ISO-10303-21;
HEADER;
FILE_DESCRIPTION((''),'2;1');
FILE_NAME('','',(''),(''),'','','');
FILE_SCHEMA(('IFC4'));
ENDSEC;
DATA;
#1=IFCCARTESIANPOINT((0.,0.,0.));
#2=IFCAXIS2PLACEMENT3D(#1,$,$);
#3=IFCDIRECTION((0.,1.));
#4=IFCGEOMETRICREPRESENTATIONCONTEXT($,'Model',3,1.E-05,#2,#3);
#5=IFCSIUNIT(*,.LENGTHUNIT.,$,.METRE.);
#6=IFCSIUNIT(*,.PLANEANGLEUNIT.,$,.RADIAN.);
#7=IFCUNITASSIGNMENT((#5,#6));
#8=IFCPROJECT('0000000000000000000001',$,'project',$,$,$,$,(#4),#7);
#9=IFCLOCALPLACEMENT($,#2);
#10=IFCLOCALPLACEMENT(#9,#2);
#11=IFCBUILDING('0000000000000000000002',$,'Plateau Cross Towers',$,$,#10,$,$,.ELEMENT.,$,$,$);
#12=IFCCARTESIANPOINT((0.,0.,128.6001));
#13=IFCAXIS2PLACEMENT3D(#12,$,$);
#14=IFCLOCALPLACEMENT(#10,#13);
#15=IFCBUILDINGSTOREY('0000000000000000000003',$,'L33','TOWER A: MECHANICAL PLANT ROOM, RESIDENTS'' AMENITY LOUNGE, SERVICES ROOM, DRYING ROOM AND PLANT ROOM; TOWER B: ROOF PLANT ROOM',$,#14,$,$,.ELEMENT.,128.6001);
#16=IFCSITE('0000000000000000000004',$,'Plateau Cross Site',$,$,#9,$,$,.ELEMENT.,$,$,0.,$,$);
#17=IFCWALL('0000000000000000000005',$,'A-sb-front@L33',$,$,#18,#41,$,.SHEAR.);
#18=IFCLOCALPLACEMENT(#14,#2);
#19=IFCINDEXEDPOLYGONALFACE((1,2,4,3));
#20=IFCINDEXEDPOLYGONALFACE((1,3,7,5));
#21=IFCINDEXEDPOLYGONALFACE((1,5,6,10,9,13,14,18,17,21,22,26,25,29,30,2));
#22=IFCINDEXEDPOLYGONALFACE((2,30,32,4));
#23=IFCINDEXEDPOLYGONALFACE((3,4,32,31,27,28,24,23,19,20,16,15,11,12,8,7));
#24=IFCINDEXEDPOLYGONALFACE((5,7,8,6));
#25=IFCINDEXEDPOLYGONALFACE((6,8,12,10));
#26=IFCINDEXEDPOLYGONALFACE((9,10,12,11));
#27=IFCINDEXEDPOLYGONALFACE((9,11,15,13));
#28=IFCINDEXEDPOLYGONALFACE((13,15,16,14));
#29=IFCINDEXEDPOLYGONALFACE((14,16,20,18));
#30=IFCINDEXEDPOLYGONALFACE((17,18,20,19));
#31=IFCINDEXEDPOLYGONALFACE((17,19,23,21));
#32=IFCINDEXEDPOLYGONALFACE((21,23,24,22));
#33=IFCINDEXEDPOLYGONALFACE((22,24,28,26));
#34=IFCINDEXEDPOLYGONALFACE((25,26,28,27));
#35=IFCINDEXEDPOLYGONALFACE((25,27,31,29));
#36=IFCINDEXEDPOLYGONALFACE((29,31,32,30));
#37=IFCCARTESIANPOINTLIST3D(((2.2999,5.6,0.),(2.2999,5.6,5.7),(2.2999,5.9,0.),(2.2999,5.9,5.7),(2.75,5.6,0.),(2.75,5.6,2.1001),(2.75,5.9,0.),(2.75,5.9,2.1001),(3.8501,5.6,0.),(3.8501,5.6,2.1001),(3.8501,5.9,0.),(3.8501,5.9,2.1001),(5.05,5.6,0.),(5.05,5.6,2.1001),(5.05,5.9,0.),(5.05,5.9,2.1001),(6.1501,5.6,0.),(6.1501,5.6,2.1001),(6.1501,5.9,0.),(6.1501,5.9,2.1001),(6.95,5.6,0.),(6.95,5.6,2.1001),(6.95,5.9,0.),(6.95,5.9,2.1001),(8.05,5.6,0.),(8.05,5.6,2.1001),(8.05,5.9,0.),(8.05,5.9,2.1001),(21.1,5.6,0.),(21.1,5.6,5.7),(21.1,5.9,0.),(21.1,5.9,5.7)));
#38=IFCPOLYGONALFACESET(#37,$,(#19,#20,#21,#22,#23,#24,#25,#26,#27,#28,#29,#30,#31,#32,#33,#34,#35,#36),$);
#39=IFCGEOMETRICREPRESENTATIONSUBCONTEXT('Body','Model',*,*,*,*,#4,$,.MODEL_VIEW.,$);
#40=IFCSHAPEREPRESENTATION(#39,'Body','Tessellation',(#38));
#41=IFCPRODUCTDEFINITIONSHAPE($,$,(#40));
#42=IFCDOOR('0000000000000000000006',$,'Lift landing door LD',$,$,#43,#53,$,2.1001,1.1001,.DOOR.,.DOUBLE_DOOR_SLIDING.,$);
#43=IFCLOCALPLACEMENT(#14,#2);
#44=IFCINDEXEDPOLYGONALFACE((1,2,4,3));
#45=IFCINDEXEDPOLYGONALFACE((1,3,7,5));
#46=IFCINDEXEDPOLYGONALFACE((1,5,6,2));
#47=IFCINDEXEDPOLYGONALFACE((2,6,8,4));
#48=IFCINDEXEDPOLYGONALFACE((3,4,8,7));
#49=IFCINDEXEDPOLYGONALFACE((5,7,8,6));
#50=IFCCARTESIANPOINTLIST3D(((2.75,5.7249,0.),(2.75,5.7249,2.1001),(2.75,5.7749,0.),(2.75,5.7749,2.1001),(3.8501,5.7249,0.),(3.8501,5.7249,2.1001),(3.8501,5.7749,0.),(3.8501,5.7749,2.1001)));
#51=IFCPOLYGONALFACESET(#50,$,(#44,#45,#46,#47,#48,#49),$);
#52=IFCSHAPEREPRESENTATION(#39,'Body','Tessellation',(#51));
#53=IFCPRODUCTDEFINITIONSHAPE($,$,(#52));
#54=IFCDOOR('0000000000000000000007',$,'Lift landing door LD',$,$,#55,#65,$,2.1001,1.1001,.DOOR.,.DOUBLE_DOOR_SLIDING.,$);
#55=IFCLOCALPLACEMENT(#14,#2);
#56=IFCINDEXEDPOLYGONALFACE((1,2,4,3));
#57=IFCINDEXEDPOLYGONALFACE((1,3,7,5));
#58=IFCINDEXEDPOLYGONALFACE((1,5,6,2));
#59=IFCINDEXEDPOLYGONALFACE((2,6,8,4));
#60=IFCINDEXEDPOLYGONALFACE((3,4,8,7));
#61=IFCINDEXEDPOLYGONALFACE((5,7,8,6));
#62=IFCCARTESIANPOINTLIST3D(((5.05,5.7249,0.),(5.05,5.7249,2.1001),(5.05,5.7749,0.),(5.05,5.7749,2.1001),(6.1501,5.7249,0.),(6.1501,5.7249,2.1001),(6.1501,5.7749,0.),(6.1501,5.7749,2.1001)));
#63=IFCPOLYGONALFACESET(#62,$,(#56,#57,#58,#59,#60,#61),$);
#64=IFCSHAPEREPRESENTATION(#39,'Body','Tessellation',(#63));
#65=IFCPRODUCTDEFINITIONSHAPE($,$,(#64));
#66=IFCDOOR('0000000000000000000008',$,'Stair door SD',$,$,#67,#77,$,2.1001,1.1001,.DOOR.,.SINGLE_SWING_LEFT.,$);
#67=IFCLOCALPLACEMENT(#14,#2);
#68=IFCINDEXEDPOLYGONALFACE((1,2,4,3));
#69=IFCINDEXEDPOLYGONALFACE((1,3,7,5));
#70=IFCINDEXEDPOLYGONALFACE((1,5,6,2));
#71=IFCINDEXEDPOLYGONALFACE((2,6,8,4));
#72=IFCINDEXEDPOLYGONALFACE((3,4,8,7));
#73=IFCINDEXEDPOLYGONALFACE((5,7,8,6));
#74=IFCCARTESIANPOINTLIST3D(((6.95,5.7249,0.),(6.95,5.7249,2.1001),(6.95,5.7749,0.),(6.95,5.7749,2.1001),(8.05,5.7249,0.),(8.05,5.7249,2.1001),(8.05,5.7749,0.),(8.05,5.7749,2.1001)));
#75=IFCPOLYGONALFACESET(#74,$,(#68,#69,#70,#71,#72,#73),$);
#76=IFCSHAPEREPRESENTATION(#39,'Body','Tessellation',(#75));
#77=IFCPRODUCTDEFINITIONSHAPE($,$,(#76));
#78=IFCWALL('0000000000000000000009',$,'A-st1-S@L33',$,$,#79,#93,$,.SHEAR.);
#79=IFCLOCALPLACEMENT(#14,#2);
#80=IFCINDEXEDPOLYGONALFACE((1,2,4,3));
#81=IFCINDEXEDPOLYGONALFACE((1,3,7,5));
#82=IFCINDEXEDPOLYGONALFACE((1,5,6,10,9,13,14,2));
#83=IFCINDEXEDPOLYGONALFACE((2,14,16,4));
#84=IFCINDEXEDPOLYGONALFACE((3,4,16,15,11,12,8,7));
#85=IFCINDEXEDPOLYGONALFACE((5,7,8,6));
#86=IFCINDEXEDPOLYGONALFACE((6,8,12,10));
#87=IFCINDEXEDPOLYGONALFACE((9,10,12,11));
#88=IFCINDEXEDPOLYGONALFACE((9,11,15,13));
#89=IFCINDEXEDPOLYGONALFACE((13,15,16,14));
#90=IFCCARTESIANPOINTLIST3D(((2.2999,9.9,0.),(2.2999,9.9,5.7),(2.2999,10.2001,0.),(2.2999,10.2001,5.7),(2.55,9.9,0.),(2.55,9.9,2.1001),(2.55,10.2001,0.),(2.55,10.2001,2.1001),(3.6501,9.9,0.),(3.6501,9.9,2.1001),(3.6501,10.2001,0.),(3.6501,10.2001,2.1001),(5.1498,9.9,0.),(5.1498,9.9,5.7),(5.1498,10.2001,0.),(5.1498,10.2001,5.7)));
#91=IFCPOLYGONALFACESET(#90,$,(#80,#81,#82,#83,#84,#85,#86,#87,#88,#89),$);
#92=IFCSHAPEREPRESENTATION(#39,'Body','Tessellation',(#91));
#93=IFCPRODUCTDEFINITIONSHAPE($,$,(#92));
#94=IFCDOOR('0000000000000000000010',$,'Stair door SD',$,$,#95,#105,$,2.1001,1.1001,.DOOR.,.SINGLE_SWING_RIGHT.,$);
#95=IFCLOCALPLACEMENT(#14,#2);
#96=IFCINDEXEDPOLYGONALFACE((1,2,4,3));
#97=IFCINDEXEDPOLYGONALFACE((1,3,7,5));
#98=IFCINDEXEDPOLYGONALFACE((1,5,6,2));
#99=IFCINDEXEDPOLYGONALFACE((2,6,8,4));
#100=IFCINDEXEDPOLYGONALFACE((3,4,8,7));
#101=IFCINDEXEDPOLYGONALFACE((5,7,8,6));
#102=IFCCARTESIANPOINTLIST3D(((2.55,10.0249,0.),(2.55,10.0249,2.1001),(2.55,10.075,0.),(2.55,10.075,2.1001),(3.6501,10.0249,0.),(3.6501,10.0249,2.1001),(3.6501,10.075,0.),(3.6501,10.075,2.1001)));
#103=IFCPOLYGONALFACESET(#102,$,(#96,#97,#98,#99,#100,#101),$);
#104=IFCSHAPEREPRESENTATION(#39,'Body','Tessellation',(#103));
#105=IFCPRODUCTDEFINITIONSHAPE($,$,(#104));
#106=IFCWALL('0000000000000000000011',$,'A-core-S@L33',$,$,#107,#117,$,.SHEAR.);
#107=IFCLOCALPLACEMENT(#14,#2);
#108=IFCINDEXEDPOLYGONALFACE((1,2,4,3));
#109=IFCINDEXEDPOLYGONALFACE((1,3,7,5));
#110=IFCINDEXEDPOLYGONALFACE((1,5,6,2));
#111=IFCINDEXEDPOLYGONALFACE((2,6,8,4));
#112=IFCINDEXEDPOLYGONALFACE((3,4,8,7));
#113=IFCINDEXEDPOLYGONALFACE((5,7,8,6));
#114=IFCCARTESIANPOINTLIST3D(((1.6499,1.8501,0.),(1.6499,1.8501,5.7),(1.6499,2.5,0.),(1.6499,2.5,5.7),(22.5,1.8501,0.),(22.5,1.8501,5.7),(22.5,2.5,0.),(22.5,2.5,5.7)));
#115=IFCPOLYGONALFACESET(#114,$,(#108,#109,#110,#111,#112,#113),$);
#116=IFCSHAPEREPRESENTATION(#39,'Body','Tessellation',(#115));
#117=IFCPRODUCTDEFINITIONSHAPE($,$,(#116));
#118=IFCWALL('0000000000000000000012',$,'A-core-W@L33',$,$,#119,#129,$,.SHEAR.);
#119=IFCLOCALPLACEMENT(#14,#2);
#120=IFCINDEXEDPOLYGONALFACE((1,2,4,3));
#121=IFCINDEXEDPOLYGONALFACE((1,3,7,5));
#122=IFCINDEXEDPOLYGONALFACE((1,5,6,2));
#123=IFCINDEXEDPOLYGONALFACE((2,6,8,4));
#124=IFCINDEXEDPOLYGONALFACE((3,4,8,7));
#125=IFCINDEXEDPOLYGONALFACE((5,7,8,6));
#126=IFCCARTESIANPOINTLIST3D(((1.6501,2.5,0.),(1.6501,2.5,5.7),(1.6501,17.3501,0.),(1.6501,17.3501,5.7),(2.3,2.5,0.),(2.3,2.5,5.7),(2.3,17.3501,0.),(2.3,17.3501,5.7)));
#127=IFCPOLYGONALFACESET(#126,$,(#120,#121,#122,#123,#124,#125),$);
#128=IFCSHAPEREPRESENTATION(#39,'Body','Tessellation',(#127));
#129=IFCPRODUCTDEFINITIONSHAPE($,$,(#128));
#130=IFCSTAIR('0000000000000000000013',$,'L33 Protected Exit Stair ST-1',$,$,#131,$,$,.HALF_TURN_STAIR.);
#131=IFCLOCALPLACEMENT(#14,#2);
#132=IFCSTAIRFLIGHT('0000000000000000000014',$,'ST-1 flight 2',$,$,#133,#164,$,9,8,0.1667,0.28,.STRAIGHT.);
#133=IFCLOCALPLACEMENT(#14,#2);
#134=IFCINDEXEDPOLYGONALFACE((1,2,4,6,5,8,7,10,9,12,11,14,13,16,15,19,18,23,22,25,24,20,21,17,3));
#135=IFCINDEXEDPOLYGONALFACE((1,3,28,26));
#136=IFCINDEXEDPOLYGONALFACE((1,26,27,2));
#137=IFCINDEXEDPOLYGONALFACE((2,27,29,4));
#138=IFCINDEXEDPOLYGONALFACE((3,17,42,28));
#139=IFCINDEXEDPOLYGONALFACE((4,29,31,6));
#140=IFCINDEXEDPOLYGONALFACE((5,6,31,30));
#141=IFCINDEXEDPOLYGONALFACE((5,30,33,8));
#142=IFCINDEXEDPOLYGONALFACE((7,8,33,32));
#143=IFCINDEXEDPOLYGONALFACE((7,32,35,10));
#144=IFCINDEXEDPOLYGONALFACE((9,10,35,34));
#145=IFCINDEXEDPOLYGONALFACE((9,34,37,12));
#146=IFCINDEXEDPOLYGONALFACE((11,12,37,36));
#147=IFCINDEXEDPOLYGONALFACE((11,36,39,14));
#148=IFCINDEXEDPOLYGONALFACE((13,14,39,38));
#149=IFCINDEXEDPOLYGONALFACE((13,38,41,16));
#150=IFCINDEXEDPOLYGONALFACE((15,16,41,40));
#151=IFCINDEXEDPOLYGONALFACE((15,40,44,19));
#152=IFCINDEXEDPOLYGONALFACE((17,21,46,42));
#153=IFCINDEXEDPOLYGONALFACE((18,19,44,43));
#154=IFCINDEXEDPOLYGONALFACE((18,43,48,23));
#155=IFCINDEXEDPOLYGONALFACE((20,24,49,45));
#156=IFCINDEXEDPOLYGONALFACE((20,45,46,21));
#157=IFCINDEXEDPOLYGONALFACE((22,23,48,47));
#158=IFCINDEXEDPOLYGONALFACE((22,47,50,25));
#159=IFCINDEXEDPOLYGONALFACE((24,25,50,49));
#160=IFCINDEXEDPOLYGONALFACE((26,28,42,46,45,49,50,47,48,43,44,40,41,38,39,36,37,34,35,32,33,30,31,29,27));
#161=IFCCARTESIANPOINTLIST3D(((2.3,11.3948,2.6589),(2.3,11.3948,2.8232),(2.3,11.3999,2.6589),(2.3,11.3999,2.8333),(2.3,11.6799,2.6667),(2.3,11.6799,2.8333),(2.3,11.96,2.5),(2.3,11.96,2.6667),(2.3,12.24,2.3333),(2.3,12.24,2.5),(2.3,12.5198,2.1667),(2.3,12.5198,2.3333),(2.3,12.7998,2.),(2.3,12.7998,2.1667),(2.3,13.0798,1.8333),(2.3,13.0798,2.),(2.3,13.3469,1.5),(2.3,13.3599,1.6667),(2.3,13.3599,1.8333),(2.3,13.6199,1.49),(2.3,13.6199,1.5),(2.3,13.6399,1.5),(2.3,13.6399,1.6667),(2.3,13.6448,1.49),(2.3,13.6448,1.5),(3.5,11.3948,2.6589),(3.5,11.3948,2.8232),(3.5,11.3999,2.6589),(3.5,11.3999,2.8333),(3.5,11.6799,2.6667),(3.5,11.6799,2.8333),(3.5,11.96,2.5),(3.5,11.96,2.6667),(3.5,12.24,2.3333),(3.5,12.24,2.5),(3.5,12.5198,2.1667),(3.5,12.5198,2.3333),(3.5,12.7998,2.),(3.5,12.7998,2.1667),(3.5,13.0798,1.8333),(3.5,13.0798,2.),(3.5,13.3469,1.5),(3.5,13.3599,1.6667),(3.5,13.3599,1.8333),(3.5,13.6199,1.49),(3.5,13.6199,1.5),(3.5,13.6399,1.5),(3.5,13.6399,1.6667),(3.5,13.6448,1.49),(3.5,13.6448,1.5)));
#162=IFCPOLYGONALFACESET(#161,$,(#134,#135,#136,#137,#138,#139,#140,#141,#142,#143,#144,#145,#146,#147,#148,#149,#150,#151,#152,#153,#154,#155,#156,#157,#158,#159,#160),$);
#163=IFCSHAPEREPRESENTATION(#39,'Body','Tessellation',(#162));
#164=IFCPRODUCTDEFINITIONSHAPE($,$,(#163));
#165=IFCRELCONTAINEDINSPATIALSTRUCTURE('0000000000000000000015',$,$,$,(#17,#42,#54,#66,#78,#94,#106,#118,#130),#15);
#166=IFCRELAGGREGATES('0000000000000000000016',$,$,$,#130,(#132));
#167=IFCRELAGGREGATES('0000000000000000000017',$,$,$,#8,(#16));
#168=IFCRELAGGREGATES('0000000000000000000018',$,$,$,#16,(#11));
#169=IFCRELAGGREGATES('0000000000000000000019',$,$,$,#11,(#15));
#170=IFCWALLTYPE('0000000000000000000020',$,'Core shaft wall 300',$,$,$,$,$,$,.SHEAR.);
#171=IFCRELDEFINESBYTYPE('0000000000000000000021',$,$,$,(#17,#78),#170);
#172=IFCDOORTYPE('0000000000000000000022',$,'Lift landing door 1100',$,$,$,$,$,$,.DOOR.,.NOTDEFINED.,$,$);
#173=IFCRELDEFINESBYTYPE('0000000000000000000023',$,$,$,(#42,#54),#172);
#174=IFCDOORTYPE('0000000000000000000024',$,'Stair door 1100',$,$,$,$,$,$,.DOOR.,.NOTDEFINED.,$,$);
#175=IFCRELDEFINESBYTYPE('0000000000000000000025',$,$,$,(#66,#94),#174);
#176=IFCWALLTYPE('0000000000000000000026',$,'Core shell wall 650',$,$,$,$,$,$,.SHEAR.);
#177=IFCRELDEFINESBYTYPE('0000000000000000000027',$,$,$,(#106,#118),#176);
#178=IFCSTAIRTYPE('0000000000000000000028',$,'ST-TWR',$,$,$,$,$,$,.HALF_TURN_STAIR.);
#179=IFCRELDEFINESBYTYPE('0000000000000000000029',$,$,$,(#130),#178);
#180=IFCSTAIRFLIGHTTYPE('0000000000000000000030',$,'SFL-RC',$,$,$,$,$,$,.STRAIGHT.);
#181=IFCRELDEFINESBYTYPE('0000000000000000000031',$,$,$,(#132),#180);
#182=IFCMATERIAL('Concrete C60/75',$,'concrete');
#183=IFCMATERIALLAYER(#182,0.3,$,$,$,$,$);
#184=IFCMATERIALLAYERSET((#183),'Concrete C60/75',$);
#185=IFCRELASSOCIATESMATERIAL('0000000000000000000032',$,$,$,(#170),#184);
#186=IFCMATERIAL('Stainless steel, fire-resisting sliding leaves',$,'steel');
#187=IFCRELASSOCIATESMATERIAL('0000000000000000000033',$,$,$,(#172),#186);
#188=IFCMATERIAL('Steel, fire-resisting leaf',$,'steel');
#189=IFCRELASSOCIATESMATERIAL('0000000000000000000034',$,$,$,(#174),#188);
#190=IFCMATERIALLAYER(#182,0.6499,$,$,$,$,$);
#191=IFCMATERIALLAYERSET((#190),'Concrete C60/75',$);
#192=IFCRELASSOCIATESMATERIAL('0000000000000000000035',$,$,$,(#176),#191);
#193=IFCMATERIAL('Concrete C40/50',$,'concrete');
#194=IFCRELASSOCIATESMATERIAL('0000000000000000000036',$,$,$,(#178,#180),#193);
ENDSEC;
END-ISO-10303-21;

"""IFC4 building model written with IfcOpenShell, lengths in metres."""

from ifc_helpers import new_model, si_unit, direction, frame, frame_2d, origin, place, context, subcontext, project, spatial, polyline, rectangle, outline, extrude, material, layer, layer_set, type_object, element, fill, aggregate, save


model = new_model("IFC4")

# Units and contexts
model_context = context("Model", 3, precision=1e-05, world=origin(), true_north=direction((0.0, 1.0)))
body_context = subcontext(model_context, "Body", "Model", "MODEL_VIEW")
ifc_project = project(units=[si_unit("LENGTHUNIT", "METRE"), si_unit("PLANEANGLEUNIT", "RADIAN")], contexts=[model_context])

# Site, building, storey
site_placement = place(None, origin())
site = spatial("IfcSite", under=ifc_project, at=site_placement, Name="Plateau Cross Site", CompositionType="ELEMENT", RefElevation=0.0)
building_placement = place(site_placement, origin())
building = spatial("IfcBuilding", under=site, at=building_placement, Name="Plateau Cross Towers", CompositionType="ELEMENT")
storey_placement = place(building_placement, frame((0.0, 0.0, 128.6001)))
storey = spatial("IfcBuildingStorey", under=building, at=storey_placement, Name="L33", Description="TOWER A: MECHANICAL PLANT ROOM, RESIDENTS' AMENITY LOUNGE, SERVICES ROOM, DRYING ROOM AND PLANT ROOM; TOWER B: ROOF PLANT ROOM", CompositionType="ELEMENT", Elevation=128.6001)

# Shared definitions
ifc_material_1 = material(Name="Concrete C60/75", Category="concrete")

# Shared definitions
ifc_layer_1 = layer(ifc_material_1, 0.3)
ifc_layer_set_1 = layer_set([ifc_layer_1], Name="Concrete C60/75")
wall_type_1 = type_object("IfcWallType", Name="Core shaft wall 300", PredefinedType="SHEAR", material=ifc_layer_set_1)

# Wall, openings, doors
wall_1_placement = place(storey_placement, frame((2.3, 5.75, 0.0), z_axis=(0.0, 0.0, 1.0), x_axis=(1.0, 0.0, 0.0)))
wall_1 = element("IfcWall", 1, at=wall_1_placement, inside=storey, type_object=wall_type_1, Name="A-sb-front@L33", PredefinedType="SHEAR", context=body_context, shape_type="SweptSolid", body=[
    extrude(rectangle(XDim=18.8, YDim=0.3, at=frame_2d((9.3999, 0.0))), origin(), (0.0, 0.0, 1.0), 5.7),
])
opening_1_placement = place(wall_1_placement, frame((4.6499, 0.0, 0.0)))
opening_1 = element("IfcOpeningElement", 2, at=opening_1_placement, cuts=wall_1, PredefinedType="OPENING", context=body_context, shape_type="SweptSolid", body=[
    extrude(rectangle(XDim=1.1001, YDim=2.1001, at=frame_2d((0.55, 1.05))), frame((0.0, 0.1599, 0.0), z_axis=(0.0, -1.0, 0.0), x_axis=(1.0, 0.0, 0.0)), (0.0, 0.0, 1.0), 0.3201),
])
opening_2_placement = place(wall_1_placement, frame((0.45, 0.0, 0.0)))
opening_2 = element("IfcOpeningElement", 3, at=opening_2_placement, cuts=wall_1, PredefinedType="OPENING", context=body_context, shape_type="SweptSolid", body=[
    extrude(rectangle(XDim=1.1001, YDim=2.1001, at=frame_2d((0.55, 1.05))), frame((0.0, 0.1599, 0.0), z_axis=(0.0, -1.0, 0.0), x_axis=(1.0, 0.0, 0.0)), (0.0, 0.0, 1.0), 0.3201),
])
opening_3_placement = place(wall_1_placement, frame((2.75, 0.0, 0.0)))
opening_3 = element("IfcOpeningElement", 4, at=opening_3_placement, cuts=wall_1, PredefinedType="OPENING", context=body_context, shape_type="SweptSolid", body=[
    extrude(rectangle(XDim=1.1001, YDim=2.1001, at=frame_2d((0.55, 1.05))), frame((0.0, 0.1599, 0.0), z_axis=(0.0, -1.0, 0.0), x_axis=(1.0, 0.0, 0.0)), (0.0, 0.0, 1.0), 0.3201),
])
ifc_material_2 = material(Name="Stainless steel, fire-resisting sliding leaves", Category="steel")
door_type_1 = type_object("IfcDoorType", Name="Lift landing door 1100", OperationType="NOTDEFINED", PredefinedType="DOOR", material=ifc_material_2)
door_1_placement = place(opening_2_placement, origin())
door_1 = element("IfcDoor", 5, at=door_1_placement, inside=storey, type_object=door_type_1, Name="Lift landing door LD", OperationType="DOUBLE_DOOR_SLIDING", OverallHeight=2.1001, OverallWidth=1.1001, PredefinedType="DOOR", context=body_context, shape_type="SweptSolid", body=[
    extrude(rectangle(XDim=1.1001, YDim=2.1001, at=frame_2d((0.55, 1.05))), frame((0.0, 0.0249, 0.0), z_axis=(0.0, -1.0, 0.0), x_axis=(1.0, 0.0, 0.0)), (0.0, 0.0, 1.0), 0.05),
])
fill(opening_2, door_1)
door_2_placement = place(opening_3_placement, origin())
door_2 = element("IfcDoor", 6, at=door_2_placement, inside=storey, type_object=door_type_1, Name="Lift landing door LD", OperationType="DOUBLE_DOOR_SLIDING", OverallHeight=2.1001, OverallWidth=1.1001, PredefinedType="DOOR", context=body_context, shape_type="SweptSolid", body=[
    extrude(rectangle(XDim=1.1001, YDim=2.1001, at=frame_2d((0.55, 1.05))), frame((0.0, 0.0249, 0.0), z_axis=(0.0, -1.0, 0.0), x_axis=(1.0, 0.0, 0.0)), (0.0, 0.0, 1.0), 0.05),
])
fill(opening_3, door_2)
ifc_material_3 = material(Name="Steel, fire-resisting leaf", Category="steel")
door_type_2 = type_object("IfcDoorType", Name="Stair door 1100", OperationType="NOTDEFINED", PredefinedType="DOOR", material=ifc_material_3)
door_3_placement = place(opening_1_placement, origin())
door_3 = element("IfcDoor", 7, at=door_3_placement, inside=storey, type_object=door_type_2, Name="Stair door SD", OperationType="SINGLE_SWING_LEFT", OverallHeight=2.1001, OverallWidth=1.1001, PredefinedType="DOOR", context=body_context, shape_type="SweptSolid", body=[
    extrude(rectangle(XDim=1.1001, YDim=2.1001, at=frame_2d((0.55, 1.05))), frame((0.0, 0.0249, 0.0), z_axis=(0.0, -1.0, 0.0), x_axis=(1.0, 0.0, 0.0)), (0.0, 0.0, 1.0), 0.05),
])
fill(opening_1, door_3)

# Wall, opening, door
wall_2_placement = place(storey_placement, frame((2.3, 10.05, 0.0), z_axis=(0.0, 0.0, 1.0), x_axis=(1.0, 0.0, 0.0)))
wall_2 = element("IfcWall", 8, at=wall_2_placement, inside=storey, type_object=wall_type_1, Name="A-st1-S@L33", PredefinedType="SHEAR", context=body_context, shape_type="SweptSolid", body=[
    extrude(rectangle(XDim=2.8499, YDim=0.3, at=frame_2d((1.4248, 0.0))), origin(), (0.0, 0.0, 1.0), 5.7),
])
opening_4_placement = place(wall_2_placement, frame((0.25, 0.0, 0.0)))
opening_4 = element("IfcOpeningElement", 9, at=opening_4_placement, cuts=wall_2, PredefinedType="OPENING", context=body_context, shape_type="SweptSolid", body=[
    extrude(rectangle(XDim=1.1001, YDim=2.1001, at=frame_2d((0.55, 1.05))), frame((0.0, 0.1599, 0.0), z_axis=(0.0, -1.0, 0.0), x_axis=(1.0, 0.0, 0.0)), (0.0, 0.0, 1.0), 0.3201),
])
door_4_placement = place(opening_4_placement, origin())
door_4 = element("IfcDoor", 10, at=door_4_placement, inside=storey, type_object=door_type_2, Name="Stair door SD", OperationType="SINGLE_SWING_RIGHT", OverallHeight=2.1001, OverallWidth=1.1001, PredefinedType="DOOR", context=body_context, shape_type="SweptSolid", body=[
    extrude(rectangle(XDim=1.1001, YDim=2.1001, at=frame_2d((0.55, 1.05))), frame((0.0, 0.0249, 0.0), z_axis=(0.0, -1.0, 0.0), x_axis=(1.0, 0.0, 0.0)), (0.0, 0.0, 1.0), 0.05),
])
fill(opening_4, door_4)

# Walls
ifc_layer_2 = layer(ifc_material_1, 0.6499)
ifc_layer_set_2 = layer_set([ifc_layer_2], Name="Concrete C60/75")
wall_type_2 = type_object("IfcWallType", Name="Core shell wall 650", PredefinedType="SHEAR", material=ifc_layer_set_2)
wall_3_placement = place(storey_placement, frame((1.6499, 2.175, 0.0), z_axis=(0.0, 0.0, 1.0), x_axis=(1.0, 0.0, 0.0)))
element("IfcWall", 11, at=wall_3_placement, inside=storey, type_object=wall_type_2, Name="A-core-S@L33", PredefinedType="SHEAR", context=body_context, shape_type="SweptSolid", body=[
    extrude(rectangle(XDim=20.8501, YDim=0.6499, at=frame_2d((10.425, 0.0))), origin(), (0.0, 0.0, 1.0), 5.7),
])
wall_4_placement = place(storey_placement, frame((1.9751, 2.5, 0.0), z_axis=(0.0, 0.0, 1.0), x_axis=(0.0, 1.0, 0.0)))
element("IfcWall", 12, at=wall_4_placement, inside=storey, type_object=wall_type_2, Name="A-core-W@L33", PredefinedType="SHEAR", context=body_context, shape_type="SweptSolid", body=[
    extrude(rectangle(XDim=14.8501, YDim=0.6499, at=frame_2d((7.425, 0.0))), origin(), (0.0, 0.0, 1.0), 5.7),
])

# Stair, stair flight
ifc_material_4 = material(Name="Concrete C40/50", Category="concrete")
stair_type = type_object("IfcStairType", Name="ST-TWR", PredefinedType="HALF_TURN_STAIR", material=ifc_material_4)
stair_placement = place(storey_placement, origin())
stair = element("IfcStair", 13, at=stair_placement, inside=storey, type_object=stair_type, Name="L33 Protected Exit Stair ST-1", PredefinedType="HALF_TURN_STAIR")
stair_flight_type = type_object("IfcStairFlightType", Name="SFL-RC", PredefinedType="STRAIGHT", material=ifc_material_4)
stair_flight_1_placement = place(storey_placement, frame((2.8999, 13.6399, 1.5), z_axis=(0.0, 0.0, 1.0), x_axis=(0.0, -1.0, 0.0)))
stair_flight_1 = element("IfcStairFlight", 14, at=stair_flight_1_placement, type_object=stair_flight_type, Name="ST-1 flight 2", NumberOfRisers=9, NumberOfTreads=8, PredefinedType="STRAIGHT", RiserHeight=0.1667, TreadLength=0.28, context=body_context, shape_type="SweptSolid", body=[
    extrude(outline(polyline([(-0.0049, -0.01), (-0.0049, 0.0), (0.0, 0.0), (0.0, 0.1667), (0.28, 0.1667), (0.28, 0.3333), (0.5601, 0.3333), (0.5601, 0.5), (0.8401, 0.5), (0.8401, 0.6667), (1.1201, 0.6667), (1.1201, 0.8333), (1.3999, 0.8333), (1.3999, 1.0), (1.6799, 1.0), (1.6799, 1.1667), (1.96, 1.1667), (1.96, 1.3333), (2.24, 1.3333), (2.2451, 1.3232), (2.2451, 1.1589), (2.24, 1.1589), (0.293, 0.0), (0.02, 0.0), (0.02, -0.01), (-0.0049, -0.01)])), frame((0.0, 0.6001, 0.0), z_axis=(0.0, -1.0, 0.0), x_axis=(1.0, 0.0, 0.0)), (0.0, 0.0, 1.0), 1.2),
])
aggregate(stair, [stair_flight_1])

save(model, "model.ifc")
